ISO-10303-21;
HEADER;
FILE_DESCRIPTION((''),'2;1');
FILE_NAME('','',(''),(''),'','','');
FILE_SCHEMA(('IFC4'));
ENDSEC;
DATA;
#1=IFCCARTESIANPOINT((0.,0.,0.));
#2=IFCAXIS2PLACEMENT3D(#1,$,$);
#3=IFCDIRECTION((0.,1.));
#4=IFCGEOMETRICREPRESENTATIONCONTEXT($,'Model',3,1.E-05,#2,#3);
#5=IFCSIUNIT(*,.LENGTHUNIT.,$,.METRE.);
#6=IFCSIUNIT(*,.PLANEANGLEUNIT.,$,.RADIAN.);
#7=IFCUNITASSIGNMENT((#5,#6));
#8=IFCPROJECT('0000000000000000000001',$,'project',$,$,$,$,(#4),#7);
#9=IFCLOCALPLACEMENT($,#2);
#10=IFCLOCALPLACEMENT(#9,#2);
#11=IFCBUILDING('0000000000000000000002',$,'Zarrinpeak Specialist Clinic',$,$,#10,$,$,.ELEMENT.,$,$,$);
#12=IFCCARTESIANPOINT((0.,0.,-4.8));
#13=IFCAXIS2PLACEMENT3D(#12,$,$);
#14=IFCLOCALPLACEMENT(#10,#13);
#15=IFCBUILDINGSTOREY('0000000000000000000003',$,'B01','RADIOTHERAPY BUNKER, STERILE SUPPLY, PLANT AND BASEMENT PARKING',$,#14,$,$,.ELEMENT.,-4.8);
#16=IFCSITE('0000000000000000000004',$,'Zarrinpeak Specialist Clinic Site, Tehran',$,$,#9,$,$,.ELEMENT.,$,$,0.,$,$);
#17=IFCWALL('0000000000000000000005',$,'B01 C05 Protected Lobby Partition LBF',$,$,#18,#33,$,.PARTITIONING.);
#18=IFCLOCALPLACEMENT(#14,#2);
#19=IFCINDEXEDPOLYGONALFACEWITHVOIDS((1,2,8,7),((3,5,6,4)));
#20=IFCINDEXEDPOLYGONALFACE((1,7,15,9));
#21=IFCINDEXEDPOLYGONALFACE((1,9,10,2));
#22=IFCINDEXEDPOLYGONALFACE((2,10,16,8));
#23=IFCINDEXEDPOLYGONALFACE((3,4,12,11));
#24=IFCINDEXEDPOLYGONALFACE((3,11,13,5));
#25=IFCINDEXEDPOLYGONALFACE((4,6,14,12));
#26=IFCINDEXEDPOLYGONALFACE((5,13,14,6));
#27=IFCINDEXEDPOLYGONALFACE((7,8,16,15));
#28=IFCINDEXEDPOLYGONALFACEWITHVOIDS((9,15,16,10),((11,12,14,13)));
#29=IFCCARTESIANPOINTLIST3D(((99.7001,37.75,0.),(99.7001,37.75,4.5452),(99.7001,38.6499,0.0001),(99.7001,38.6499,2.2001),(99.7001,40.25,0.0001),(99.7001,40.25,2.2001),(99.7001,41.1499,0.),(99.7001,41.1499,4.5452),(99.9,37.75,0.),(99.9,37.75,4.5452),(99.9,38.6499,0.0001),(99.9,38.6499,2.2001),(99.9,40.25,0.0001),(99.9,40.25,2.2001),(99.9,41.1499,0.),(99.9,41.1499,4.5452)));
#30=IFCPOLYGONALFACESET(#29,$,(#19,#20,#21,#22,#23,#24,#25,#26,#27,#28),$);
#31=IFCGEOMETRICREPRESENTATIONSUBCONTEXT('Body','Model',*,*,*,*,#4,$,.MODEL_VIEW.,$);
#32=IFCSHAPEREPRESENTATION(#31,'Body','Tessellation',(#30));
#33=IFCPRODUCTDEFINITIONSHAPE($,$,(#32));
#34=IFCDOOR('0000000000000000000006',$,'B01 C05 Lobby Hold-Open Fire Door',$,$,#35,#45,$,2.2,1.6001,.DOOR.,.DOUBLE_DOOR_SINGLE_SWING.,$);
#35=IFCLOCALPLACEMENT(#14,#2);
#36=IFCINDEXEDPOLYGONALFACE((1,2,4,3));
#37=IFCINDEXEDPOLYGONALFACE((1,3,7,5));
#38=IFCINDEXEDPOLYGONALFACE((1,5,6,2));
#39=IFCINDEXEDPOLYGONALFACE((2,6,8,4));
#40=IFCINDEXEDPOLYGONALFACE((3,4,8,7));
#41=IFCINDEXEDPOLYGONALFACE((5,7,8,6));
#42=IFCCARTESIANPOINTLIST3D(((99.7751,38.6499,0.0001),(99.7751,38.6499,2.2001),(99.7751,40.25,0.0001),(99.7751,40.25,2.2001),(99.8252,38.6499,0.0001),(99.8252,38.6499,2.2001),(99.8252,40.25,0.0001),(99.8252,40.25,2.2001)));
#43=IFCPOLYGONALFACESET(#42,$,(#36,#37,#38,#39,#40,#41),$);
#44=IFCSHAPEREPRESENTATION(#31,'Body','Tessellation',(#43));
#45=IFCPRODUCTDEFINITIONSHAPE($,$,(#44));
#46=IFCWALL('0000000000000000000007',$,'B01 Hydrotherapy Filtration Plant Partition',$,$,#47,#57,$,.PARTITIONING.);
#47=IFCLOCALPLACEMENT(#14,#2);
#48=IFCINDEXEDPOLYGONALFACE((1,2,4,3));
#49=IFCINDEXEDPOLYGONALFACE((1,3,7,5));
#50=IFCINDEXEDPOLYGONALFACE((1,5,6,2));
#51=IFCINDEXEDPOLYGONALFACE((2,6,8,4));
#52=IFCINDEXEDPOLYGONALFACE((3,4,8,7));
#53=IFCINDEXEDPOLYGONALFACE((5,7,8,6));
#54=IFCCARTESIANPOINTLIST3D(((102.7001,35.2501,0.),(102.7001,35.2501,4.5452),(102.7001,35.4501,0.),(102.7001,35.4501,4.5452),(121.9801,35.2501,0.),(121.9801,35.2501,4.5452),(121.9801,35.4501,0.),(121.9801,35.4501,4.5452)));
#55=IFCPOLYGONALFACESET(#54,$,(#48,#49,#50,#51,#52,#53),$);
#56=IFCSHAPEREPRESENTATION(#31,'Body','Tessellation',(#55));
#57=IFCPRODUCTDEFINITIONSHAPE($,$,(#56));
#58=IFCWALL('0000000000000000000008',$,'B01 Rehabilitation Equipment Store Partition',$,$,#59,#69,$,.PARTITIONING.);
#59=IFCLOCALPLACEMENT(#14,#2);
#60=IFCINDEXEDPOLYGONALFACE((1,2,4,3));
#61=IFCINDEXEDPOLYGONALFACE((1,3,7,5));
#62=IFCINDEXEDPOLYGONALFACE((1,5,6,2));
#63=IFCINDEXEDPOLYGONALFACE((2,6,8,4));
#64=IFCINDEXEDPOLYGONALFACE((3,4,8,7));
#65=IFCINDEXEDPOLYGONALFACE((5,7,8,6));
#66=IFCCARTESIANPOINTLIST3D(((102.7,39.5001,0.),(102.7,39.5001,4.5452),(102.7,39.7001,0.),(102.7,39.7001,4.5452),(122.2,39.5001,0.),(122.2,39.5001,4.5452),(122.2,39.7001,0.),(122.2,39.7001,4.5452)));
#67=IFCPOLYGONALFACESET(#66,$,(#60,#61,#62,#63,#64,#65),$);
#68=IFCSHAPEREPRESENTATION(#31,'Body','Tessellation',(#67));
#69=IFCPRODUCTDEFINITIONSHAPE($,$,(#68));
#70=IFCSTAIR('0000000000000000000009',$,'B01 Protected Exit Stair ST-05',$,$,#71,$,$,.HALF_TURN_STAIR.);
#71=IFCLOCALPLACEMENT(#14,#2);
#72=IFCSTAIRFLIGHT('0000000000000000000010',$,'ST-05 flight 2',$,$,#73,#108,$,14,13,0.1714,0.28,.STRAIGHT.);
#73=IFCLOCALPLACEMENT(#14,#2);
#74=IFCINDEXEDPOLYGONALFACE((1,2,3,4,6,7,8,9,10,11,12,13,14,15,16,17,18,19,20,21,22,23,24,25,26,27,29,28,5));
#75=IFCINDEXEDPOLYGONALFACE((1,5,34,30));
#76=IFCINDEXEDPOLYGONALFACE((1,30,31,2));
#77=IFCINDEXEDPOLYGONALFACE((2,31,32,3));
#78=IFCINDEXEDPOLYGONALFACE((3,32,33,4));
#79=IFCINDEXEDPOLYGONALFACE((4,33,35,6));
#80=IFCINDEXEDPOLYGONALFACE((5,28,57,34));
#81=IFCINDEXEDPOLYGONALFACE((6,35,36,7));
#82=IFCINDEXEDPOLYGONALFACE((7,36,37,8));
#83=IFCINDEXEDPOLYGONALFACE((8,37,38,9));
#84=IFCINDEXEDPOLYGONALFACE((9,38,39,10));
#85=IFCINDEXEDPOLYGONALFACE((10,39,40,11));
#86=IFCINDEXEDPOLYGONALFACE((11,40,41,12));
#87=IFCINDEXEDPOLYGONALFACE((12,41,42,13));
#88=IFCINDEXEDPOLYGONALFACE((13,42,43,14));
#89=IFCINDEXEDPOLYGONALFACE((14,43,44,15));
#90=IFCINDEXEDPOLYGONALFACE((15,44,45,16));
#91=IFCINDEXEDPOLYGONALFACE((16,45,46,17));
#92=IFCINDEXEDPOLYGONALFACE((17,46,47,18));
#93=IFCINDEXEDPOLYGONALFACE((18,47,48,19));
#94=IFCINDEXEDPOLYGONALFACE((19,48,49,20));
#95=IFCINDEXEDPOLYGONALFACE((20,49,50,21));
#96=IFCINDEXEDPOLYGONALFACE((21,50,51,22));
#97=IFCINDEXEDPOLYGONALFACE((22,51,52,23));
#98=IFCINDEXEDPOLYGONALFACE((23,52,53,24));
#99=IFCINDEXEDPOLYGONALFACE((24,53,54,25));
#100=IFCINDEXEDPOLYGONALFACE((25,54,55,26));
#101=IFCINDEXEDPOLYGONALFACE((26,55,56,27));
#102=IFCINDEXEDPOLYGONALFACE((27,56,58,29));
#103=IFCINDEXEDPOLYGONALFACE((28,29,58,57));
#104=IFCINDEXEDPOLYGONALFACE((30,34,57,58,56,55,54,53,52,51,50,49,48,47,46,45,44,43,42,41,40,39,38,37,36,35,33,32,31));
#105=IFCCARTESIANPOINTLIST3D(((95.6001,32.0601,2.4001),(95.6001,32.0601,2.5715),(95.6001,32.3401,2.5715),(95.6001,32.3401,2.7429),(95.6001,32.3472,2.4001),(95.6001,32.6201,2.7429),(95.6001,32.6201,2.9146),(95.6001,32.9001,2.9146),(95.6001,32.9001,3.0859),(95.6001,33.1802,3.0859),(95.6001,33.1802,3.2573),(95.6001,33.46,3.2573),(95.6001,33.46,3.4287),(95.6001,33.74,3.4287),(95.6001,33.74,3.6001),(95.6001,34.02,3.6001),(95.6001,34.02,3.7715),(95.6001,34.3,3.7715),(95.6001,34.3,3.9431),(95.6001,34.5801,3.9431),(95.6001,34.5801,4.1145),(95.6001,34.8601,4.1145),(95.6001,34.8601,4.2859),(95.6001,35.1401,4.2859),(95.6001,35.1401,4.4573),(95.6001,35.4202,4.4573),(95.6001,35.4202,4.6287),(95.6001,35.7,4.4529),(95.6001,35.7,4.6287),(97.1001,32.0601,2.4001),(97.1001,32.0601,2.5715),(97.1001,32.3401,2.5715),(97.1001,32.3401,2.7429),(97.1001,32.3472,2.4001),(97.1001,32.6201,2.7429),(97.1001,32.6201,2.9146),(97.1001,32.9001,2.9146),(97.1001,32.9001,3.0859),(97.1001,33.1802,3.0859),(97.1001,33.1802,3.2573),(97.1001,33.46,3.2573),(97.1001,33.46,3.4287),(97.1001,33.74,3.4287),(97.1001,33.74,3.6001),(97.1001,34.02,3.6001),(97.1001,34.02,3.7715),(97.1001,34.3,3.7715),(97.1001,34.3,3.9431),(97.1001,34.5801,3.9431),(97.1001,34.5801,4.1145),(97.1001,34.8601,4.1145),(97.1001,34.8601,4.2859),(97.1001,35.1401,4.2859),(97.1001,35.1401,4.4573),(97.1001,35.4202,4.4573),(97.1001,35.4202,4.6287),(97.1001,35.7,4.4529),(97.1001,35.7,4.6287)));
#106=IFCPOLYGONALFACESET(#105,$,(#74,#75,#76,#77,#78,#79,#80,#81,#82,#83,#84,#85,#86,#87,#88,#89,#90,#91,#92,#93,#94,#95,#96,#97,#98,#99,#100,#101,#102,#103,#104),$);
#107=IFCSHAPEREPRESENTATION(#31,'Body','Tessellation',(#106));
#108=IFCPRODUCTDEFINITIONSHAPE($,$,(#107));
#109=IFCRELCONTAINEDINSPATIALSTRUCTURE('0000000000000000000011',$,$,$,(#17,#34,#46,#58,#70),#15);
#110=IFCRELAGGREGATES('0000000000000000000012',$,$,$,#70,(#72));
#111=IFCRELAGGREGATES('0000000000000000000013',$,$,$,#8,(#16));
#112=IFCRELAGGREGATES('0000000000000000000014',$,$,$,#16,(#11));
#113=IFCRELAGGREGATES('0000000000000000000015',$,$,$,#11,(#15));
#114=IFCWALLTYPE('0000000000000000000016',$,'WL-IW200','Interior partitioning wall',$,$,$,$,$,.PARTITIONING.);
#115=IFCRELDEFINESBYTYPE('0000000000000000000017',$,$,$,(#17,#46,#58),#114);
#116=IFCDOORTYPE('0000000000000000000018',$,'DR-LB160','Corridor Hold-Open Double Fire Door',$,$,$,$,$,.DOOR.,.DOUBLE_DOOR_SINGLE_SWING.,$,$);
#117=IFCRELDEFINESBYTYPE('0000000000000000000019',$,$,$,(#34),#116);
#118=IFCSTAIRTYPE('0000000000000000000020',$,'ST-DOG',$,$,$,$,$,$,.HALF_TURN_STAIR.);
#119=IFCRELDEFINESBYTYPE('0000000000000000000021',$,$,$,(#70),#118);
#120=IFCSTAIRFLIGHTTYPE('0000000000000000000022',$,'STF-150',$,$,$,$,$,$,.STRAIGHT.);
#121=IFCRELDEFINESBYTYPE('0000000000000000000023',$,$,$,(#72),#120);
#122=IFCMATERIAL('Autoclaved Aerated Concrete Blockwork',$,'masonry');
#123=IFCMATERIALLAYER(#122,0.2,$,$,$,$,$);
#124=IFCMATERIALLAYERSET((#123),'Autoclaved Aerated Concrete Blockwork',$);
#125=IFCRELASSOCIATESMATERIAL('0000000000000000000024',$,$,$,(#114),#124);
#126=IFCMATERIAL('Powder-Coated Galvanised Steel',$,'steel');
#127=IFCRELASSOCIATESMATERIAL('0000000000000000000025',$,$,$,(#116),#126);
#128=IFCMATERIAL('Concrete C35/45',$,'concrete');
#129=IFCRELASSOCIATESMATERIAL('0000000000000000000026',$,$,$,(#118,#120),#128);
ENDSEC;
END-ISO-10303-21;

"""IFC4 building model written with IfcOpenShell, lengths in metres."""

from ifc_helpers import new_model, si_unit, direction, frame, frame_2d, origin, place, context, subcontext, project, spatial, polyline, rectangle, outline, extrude, material, layer, layer_set, type_object, element, fill, aggregate, save


model = new_model("IFC4")

# Units and contexts
model_context = context("Model", 3, precision=1e-05, world=origin(), true_north=direction((0.0, 1.0)))
body_context = subcontext(model_context, "Body", "Model", "MODEL_VIEW")
ifc_project = project(units=[si_unit("LENGTHUNIT", "METRE"), si_unit("PLANEANGLEUNIT", "RADIAN")], contexts=[model_context])

# Site, building, storey
site_placement = place(None, origin())
site = spatial("IfcSite", under=ifc_project, at=site_placement, Name="Zarrinpeak Specialist Clinic Site, Tehran", CompositionType="ELEMENT", RefElevation=0.0)
building_placement = place(site_placement, origin())
building = spatial("IfcBuilding", under=site, at=building_placement, Name="Zarrinpeak Specialist Clinic", CompositionType="ELEMENT")
storey_placement = place(building_placement, frame((0.0, 0.0, -4.8)))
storey = spatial("IfcBuildingStorey", under=building, at=storey_placement, Name="B01", Description="RADIOTHERAPY BUNKER, STERILE SUPPLY, PLANT AND BASEMENT PARKING", CompositionType="ELEMENT", Elevation=-4.8)

# Shared definitions
ifc_material_1 = material(Name="Powder-Coated Galvanised Steel", Category="steel")

# Wall, opening, door
ifc_material_2 = material(Name="Autoclaved Aerated Concrete Blockwork", Category="masonry")
ifc_layer_1 = layer(ifc_material_2, 0.2)
ifc_layer_set_1 = layer_set([ifc_layer_1], Name="Autoclaved Aerated Concrete Blockwork")
wall_type_1 = type_object("IfcWallType", Name="WL-IW200", Description="Interior partitioning wall", PredefinedType="PARTITIONING", material=ifc_layer_set_1)
wall_1_placement = place(storey_placement, frame((99.8, 37.75, 0.0), z_axis=(0.0, 0.0, 1.0), x_axis=(0.0, 1.0, 0.0)))
wall_1 = element("IfcWall", 1, at=wall_1_placement, inside=storey, type_object=wall_type_1, Name="B01 C05 Protected Lobby Partition LBF", PredefinedType="PARTITIONING", context=body_context, shape_type="SweptSolid", body=[
    extrude(rectangle(XDim=3.3999, YDim=0.2, at=frame_2d((1.7, 0.0))), origin(), (0.0, 0.0, 1.0), 4.5452),
])
opening_1_placement = place(wall_1_placement, frame((0.8999, 0.0, 0.0)))
opening_1 = element("IfcOpeningElement", 2, at=opening_1_placement, cuts=wall_1, PredefinedType="OPENING", context=body_context, shape_type="SweptSolid", body=[
    extrude(rectangle(XDim=1.6001, YDim=2.2, at=frame_2d((0.8, 1.1001))), frame((0.0, 0.1099, 0.0), z_axis=(0.0, -1.0, 0.0), x_axis=(1.0, 0.0, 0.0)), (0.0, 0.0, 1.0), 0.22),
])
door_type_1 = type_object("IfcDoorType", Name="DR-LB160", Description="Corridor Hold-Open Double Fire Door", OperationType="DOUBLE_DOOR_SINGLE_SWING", PredefinedType="DOOR", material=ifc_material_1)
door_1_placement = place(opening_1_placement, origin())
door_1 = element("IfcDoor", 3, at=door_1_placement, inside=storey, type_object=door_type_1, Name="B01 C05 Lobby Hold-Open Fire Door", OperationType="DOUBLE_DOOR_SINGLE_SWING", OverallHeight=2.2, OverallWidth=1.6001, PredefinedType="DOOR", context=body_context, shape_type="SweptSolid", body=[
    extrude(rectangle(XDim=1.6001, YDim=2.2, at=frame_2d((0.8, 1.1001))), frame((0.0, 0.0249, 0.0), z_axis=(0.0, -1.0, 0.0), x_axis=(1.0, 0.0, 0.0)), (0.0, 0.0, 1.0), 0.05),
])
fill(opening_1, door_1)

# Walls
wall_2_placement = place(storey_placement, frame((102.7, 35.3501, 0.0), z_axis=(0.0, 0.0, 1.0), x_axis=(1.0, 0.0, 0.0)))
element("IfcWall", 4, at=wall_2_placement, inside=storey, type_object=wall_type_1, Name="B01 Hydrotherapy Filtration Plant Partition", PredefinedType="PARTITIONING", context=body_context, shape_type="SweptSolid", body=[
    extrude(rectangle(XDim=19.28, YDim=0.2, at=frame_2d((9.6401, 0.0))), origin(), (0.0, 0.0, 1.0), 4.5452),
])
wall_3_placement = place(storey_placement, frame((102.7, 39.6001, 0.0), z_axis=(0.0, 0.0, 1.0), x_axis=(1.0, 0.0, 0.0)))
element("IfcWall", 5, at=wall_3_placement, inside=storey, type_object=wall_type_1, Name="B01 Rehabilitation Equipment Store Partition", PredefinedType="PARTITIONING", context=body_context, shape_type="SweptSolid", body=[
    extrude(rectangle(XDim=19.5, YDim=0.2, at=frame_2d((9.75, 0.0))), origin(), (0.0, 0.0, 1.0), 4.5452),
])

# Stair, stair flight
ifc_material_3 = material(Name="Concrete C35/45", Category="concrete")
stair_type = type_object("IfcStairType", Name="ST-DOG", PredefinedType="HALF_TURN_STAIR", material=ifc_material_3)
stair_placement = place(storey_placement, origin())
stair = element("IfcStair", 6, at=stair_placement, inside=storey, type_object=stair_type, Name="B01 Protected Exit Stair ST-05", PredefinedType="HALF_TURN_STAIR")
stair_flight_type = type_object("IfcStairFlightType", Name="STF-150", PredefinedType="STRAIGHT", material=ifc_material_3)
stair_flight_placement = place(storey_placement, frame((96.3501, 32.0601, 2.4001), z_axis=(0.0, 0.0, 1.0), x_axis=(0.0, 1.0, 0.0)))
stair_flight = element("IfcStairFlight", 7, at=stair_flight_placement, type_object=stair_flight_type, Name="ST-05 flight 2", NumberOfRisers=14, NumberOfTreads=13, PredefinedType="STRAIGHT", RiserHeight=0.1714, TreadLength=0.28, context=body_context, shape_type="SweptSolid", body=[
    extrude(outline(polyline([(0.0, 0.0), (0.0, 0.1714), (0.28, 0.1714), (0.28, 0.3428), (0.5601, 0.3428), (0.5601, 0.5144), (0.8401, 0.5144), (0.8401, 0.6858), (1.1201, 0.6858), (1.1201, 0.8572), (1.3999, 0.8572), (1.3999, 1.0286), (1.6799, 1.0286), (1.6799, 1.2), (1.96, 1.2), (1.96, 1.3713), (2.24, 1.3713), (2.24, 1.543), (2.52, 1.543), (2.52, 1.7144), (2.8, 1.7144), (2.8, 1.8857), (3.0801, 1.8857), (3.0801, 2.0571), (3.3601, 2.0571), (3.3601, 2.2285), (3.6399, 2.2285), (3.6399, 2.3999), (3.6399, 2.0527), (0.2871, 0.0), (0.0, 0.0)])), frame((0.0, 0.75, 0.0), z_axis=(0.0, -1.0, 0.0), x_axis=(1.0, 0.0, 0.0)), (0.0, 0.0, 1.0), 1.5),
])
aggregate(stair, [stair_flight])

save(model, "model.ifc")
